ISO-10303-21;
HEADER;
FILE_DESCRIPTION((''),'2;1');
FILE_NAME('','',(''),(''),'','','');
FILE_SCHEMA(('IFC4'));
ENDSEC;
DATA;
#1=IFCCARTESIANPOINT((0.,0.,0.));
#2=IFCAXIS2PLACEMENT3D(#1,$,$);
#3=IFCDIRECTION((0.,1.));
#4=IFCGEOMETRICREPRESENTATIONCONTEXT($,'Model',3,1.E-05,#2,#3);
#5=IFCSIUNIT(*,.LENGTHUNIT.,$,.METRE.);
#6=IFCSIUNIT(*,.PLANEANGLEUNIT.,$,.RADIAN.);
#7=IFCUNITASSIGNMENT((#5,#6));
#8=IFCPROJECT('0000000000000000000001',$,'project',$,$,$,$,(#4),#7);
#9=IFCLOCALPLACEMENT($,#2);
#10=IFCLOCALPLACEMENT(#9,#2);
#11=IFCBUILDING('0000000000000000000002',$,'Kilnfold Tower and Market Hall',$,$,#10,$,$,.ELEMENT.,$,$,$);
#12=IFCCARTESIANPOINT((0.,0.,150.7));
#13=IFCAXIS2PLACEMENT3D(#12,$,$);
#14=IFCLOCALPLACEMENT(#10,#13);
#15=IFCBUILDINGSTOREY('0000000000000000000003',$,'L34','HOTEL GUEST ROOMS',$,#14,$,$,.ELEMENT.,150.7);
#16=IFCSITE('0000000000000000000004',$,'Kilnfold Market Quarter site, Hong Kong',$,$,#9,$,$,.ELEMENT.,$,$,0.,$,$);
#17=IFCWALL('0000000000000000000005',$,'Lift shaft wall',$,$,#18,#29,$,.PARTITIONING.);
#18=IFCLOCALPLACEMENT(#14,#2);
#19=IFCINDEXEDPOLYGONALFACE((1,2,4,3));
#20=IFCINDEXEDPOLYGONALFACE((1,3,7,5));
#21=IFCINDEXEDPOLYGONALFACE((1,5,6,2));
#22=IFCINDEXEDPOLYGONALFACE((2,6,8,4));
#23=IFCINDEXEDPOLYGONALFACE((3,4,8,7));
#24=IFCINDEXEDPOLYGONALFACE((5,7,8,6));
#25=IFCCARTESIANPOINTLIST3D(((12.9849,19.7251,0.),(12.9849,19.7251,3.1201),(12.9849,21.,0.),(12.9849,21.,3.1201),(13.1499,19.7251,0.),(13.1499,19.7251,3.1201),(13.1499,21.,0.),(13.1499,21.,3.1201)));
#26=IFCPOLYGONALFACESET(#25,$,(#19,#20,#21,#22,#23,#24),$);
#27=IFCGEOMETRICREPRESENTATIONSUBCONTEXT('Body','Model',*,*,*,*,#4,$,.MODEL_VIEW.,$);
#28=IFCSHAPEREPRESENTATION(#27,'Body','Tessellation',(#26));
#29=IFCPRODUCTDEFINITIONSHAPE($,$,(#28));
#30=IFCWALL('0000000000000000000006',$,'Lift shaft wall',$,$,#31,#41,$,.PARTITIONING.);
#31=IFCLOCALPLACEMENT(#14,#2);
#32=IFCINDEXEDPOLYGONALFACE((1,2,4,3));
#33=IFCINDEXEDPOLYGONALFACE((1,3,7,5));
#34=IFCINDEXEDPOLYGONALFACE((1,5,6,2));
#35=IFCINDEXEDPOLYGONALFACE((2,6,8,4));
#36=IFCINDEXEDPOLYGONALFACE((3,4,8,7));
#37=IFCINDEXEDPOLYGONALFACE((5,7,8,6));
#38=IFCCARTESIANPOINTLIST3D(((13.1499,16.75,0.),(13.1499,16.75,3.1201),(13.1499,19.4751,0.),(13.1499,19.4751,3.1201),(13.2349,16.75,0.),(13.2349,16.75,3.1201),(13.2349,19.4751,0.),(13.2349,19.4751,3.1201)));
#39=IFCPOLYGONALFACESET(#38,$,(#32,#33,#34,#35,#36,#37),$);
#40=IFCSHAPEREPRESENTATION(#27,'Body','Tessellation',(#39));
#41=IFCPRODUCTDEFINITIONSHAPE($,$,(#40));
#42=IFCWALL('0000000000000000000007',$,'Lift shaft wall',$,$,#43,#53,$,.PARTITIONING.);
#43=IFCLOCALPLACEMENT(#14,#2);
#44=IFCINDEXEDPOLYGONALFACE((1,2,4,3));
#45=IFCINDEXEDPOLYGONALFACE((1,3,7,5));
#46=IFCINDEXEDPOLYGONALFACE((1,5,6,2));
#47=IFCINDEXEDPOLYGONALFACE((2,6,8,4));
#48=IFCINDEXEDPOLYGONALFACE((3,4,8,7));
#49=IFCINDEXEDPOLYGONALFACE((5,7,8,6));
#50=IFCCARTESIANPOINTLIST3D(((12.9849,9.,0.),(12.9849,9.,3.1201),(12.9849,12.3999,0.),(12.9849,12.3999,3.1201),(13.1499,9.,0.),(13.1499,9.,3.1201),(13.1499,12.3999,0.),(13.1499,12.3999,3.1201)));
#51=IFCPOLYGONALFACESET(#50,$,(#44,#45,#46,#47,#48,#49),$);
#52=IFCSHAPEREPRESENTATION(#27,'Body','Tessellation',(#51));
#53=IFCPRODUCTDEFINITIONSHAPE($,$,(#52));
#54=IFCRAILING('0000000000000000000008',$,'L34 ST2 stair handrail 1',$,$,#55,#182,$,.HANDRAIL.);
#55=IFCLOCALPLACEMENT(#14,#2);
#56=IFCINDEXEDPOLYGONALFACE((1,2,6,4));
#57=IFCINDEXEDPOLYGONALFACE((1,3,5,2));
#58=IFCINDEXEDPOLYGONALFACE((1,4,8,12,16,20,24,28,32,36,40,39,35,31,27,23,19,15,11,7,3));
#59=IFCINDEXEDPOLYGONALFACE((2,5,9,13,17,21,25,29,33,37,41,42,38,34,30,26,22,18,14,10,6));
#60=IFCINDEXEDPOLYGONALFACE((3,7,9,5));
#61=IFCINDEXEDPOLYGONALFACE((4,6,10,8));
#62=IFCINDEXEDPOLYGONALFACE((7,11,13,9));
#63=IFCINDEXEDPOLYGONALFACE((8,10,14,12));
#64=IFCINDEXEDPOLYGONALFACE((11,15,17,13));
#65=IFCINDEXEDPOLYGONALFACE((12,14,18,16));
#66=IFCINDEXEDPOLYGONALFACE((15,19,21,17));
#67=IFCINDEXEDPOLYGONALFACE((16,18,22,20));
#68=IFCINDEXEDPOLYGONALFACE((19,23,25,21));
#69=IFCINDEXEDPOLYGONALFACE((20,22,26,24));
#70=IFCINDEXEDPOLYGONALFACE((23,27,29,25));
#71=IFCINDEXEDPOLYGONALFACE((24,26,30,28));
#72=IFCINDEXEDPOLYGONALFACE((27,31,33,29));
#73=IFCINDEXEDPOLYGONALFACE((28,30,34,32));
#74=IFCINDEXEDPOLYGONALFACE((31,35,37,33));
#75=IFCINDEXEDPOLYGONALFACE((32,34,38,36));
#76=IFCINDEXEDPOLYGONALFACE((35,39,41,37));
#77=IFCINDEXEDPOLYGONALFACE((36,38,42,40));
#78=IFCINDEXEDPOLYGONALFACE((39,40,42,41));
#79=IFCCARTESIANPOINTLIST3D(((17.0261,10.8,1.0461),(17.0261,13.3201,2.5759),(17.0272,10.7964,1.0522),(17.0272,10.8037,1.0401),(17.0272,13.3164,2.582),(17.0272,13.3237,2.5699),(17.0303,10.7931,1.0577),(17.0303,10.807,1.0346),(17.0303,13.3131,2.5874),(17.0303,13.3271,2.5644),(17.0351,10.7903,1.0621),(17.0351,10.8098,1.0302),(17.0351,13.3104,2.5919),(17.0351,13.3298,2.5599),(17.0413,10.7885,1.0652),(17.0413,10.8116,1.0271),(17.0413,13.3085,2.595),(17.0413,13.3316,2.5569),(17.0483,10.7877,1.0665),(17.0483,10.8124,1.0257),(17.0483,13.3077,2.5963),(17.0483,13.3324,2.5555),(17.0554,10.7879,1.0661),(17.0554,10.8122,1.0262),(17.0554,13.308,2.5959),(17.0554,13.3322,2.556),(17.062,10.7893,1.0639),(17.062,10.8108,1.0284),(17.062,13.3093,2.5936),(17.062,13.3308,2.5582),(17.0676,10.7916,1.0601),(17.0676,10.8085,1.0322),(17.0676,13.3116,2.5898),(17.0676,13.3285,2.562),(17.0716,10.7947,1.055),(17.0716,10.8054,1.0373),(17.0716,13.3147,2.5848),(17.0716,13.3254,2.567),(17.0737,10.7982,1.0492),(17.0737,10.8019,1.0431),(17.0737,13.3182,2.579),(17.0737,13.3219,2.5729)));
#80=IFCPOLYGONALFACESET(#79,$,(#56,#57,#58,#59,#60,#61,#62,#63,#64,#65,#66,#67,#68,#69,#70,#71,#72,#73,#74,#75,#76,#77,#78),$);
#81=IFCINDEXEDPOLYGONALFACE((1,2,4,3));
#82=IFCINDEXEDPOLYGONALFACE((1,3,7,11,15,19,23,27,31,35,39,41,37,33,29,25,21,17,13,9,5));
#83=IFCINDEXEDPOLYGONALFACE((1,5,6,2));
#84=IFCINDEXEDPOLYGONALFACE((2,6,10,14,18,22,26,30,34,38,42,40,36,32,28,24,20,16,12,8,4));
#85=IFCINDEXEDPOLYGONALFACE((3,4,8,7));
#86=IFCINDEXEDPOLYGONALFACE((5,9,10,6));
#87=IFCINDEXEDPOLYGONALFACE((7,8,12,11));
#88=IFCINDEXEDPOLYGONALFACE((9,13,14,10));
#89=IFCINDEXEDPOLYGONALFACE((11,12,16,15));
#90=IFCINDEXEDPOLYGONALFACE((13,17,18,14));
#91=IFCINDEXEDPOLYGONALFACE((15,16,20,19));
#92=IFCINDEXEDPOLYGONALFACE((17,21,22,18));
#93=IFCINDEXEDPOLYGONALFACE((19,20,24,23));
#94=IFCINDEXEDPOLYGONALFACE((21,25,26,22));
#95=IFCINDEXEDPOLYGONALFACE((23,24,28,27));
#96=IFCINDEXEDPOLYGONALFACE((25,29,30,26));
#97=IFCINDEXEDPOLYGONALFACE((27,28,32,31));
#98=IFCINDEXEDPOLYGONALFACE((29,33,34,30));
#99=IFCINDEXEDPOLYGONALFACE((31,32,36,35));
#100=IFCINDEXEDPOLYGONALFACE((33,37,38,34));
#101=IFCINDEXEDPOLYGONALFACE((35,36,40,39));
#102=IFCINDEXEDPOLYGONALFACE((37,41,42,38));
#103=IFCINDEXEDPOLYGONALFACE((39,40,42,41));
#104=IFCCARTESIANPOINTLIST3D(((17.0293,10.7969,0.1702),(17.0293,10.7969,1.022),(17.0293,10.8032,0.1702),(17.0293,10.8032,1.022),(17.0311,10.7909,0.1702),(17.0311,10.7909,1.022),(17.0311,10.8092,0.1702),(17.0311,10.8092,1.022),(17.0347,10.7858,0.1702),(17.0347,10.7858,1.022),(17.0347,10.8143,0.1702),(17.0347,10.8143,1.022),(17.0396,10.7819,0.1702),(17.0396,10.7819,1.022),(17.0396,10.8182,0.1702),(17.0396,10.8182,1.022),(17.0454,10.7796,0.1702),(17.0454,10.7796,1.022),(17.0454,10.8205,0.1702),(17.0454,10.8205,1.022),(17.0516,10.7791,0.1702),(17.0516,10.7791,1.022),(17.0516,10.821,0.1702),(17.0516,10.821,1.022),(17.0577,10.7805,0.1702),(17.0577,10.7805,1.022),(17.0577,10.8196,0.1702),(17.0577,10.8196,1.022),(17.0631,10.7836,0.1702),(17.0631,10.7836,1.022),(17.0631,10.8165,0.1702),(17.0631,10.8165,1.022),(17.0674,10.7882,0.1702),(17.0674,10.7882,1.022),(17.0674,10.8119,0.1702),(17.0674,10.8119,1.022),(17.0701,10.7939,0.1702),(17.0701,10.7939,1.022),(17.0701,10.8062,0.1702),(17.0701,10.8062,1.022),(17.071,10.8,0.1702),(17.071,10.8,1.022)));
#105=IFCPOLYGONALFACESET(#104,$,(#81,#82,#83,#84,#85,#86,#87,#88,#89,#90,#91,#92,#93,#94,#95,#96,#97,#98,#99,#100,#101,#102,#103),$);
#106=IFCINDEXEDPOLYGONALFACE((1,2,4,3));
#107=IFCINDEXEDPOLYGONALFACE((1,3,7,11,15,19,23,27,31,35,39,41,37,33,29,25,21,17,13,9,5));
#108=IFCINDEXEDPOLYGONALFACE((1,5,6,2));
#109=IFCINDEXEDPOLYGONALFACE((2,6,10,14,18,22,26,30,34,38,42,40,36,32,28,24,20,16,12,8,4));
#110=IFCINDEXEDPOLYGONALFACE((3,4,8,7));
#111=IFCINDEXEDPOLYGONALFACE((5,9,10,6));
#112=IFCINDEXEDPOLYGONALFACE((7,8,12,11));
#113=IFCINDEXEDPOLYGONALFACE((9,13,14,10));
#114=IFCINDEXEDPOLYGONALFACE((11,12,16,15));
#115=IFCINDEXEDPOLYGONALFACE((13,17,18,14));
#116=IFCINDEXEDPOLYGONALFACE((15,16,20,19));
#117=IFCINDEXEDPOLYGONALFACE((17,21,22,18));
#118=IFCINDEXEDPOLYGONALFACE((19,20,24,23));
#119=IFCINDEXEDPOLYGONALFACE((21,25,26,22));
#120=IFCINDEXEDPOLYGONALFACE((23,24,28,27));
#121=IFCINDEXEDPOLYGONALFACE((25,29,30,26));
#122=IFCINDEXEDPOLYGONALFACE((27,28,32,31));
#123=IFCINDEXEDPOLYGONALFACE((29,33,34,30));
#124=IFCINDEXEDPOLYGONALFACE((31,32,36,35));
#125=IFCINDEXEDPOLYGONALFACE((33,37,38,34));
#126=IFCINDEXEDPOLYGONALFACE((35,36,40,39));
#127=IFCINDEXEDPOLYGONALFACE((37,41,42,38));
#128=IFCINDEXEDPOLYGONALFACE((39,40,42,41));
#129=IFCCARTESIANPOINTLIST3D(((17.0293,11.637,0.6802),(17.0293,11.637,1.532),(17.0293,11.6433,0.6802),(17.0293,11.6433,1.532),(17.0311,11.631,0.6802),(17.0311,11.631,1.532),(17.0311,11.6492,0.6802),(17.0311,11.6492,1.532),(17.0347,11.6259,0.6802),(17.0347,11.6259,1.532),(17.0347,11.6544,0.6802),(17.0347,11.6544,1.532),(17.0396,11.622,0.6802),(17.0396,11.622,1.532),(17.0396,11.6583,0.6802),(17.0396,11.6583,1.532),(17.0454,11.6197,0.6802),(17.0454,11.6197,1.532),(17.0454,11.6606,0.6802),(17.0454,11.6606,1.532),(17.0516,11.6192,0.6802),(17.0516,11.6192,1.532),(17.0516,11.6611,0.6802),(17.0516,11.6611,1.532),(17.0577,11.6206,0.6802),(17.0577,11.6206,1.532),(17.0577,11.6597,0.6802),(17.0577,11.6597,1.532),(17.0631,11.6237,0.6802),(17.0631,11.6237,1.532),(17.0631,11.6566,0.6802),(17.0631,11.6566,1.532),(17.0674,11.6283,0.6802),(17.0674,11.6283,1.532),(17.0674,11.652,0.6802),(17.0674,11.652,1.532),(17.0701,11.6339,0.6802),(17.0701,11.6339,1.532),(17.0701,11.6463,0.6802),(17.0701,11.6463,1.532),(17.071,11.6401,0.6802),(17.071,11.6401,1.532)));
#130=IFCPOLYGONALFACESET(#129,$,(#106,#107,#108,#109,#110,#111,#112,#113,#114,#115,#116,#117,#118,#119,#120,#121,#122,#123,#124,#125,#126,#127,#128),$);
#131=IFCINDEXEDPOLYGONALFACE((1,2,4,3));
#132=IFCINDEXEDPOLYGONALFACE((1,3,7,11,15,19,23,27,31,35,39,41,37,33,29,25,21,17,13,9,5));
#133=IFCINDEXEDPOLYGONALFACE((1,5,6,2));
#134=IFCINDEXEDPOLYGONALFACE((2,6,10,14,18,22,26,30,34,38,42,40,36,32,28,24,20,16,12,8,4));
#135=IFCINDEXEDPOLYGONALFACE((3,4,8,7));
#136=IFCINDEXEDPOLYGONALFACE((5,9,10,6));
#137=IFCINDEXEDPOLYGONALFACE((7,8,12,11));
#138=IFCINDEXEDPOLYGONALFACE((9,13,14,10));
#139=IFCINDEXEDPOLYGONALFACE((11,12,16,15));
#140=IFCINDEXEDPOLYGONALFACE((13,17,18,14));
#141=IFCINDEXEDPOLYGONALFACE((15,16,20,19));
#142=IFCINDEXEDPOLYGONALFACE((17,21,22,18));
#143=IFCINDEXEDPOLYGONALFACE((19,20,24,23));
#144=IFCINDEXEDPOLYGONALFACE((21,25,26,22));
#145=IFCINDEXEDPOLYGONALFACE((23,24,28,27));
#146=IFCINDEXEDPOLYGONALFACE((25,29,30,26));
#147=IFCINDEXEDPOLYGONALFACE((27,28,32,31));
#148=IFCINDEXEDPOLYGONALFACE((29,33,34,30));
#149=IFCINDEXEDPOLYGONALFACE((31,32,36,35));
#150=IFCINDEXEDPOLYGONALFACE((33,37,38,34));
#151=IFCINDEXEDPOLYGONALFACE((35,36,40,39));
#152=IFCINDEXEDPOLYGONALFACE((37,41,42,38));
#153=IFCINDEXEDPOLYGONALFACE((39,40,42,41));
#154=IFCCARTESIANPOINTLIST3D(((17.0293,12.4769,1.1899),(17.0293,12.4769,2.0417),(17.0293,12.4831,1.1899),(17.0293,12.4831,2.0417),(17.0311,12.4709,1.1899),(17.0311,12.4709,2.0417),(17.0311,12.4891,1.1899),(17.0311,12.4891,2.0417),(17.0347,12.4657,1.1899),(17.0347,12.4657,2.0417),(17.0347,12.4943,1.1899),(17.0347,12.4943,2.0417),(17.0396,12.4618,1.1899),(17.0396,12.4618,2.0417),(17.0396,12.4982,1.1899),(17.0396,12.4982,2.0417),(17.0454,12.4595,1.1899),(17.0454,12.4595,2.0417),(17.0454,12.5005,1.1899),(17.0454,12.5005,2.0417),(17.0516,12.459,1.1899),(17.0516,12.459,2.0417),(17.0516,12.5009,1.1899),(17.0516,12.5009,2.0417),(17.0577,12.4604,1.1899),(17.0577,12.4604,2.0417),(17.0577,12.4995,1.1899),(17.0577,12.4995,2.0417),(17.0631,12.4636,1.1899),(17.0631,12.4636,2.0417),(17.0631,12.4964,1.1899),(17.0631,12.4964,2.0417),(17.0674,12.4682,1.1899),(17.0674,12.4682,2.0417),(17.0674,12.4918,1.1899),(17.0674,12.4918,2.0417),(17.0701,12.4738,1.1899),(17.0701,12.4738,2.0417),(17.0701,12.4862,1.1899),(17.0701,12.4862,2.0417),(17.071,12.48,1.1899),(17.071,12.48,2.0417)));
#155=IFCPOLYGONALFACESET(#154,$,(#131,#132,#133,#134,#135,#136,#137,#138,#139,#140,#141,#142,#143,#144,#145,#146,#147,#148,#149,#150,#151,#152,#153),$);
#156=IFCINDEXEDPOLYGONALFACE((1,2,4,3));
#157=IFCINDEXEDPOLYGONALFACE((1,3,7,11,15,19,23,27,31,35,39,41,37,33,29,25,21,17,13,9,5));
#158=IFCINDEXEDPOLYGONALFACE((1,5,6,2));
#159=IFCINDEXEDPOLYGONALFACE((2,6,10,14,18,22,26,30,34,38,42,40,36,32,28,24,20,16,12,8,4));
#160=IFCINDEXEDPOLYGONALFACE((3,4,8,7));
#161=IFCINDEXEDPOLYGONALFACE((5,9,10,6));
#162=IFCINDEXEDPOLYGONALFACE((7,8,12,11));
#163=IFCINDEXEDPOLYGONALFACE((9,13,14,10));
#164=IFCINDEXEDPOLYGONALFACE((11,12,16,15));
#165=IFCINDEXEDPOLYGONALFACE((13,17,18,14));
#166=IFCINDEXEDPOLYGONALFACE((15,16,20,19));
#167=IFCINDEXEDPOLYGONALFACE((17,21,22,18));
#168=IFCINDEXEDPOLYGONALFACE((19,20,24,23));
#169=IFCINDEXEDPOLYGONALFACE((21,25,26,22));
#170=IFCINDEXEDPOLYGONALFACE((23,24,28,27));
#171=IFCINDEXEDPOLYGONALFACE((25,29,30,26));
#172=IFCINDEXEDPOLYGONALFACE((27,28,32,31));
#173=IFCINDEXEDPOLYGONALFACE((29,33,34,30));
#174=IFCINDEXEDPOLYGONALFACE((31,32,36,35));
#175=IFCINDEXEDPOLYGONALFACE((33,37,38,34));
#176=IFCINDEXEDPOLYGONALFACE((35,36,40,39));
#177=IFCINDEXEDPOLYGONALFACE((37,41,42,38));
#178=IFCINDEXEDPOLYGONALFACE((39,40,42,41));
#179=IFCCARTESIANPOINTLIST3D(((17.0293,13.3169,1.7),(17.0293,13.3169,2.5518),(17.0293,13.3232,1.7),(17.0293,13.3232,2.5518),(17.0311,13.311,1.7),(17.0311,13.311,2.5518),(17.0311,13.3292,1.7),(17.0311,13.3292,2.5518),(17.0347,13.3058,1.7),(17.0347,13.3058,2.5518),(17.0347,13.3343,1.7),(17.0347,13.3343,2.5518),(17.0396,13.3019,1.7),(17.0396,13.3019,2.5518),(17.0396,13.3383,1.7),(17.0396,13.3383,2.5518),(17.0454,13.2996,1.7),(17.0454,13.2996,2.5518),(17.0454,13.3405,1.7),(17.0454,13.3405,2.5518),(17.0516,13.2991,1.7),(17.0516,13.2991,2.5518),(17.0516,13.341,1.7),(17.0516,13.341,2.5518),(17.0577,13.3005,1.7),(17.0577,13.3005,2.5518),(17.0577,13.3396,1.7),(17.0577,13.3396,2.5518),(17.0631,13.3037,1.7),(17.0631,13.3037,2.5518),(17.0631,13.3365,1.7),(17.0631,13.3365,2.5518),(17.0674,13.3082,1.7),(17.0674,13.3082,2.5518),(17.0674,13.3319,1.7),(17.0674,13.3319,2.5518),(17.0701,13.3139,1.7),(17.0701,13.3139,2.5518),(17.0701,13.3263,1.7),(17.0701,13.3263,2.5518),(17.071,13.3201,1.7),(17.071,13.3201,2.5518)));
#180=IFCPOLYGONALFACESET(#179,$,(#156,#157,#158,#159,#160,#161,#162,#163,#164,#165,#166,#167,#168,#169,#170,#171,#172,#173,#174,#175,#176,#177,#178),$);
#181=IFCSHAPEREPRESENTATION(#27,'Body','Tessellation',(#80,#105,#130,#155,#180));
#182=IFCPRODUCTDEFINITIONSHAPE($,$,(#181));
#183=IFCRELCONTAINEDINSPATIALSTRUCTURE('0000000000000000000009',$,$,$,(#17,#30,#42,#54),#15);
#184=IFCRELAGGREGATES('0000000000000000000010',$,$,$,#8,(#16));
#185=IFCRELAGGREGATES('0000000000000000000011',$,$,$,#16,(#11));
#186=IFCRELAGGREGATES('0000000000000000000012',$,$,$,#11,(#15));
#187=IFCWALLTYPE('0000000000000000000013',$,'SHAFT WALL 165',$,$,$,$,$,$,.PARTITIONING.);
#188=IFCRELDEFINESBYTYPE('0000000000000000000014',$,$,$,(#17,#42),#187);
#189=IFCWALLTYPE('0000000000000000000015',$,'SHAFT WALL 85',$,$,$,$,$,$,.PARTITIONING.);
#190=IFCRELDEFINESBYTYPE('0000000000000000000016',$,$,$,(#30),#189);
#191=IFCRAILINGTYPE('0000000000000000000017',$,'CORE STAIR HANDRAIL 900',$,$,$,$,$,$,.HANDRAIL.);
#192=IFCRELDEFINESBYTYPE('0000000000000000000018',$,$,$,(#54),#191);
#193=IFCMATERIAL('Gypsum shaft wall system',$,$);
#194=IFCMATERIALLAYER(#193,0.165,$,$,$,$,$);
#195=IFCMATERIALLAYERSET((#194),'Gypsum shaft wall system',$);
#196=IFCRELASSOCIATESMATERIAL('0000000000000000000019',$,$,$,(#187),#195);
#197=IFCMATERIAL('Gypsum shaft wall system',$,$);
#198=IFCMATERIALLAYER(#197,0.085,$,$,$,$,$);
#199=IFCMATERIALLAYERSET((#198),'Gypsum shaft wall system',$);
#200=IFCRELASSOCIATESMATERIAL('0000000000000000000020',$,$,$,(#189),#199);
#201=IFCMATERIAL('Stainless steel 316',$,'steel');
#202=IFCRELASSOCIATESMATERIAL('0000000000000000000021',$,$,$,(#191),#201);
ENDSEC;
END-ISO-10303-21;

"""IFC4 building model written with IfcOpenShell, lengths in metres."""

from ifc_helpers import new_model, si_unit, direction, frame, frame_2d, origin, origin_2d, place, context, subcontext, project, spatial, rectangle, circle, extrude, source, transform, mapped, material, layer, layer_set, type_object, element, save


model = new_model("IFC4")

# Units and contexts
model_context = context("Model", 3, precision=1e-05, world=origin(), true_north=direction((0.0, 1.0)))
body_context = subcontext(model_context, "Body", "Model", "MODEL_VIEW")
ifc_project = project(units=[si_unit("LENGTHUNIT", "METRE"), si_unit("PLANEANGLEUNIT", "RADIAN")], contexts=[model_context])

# Site, building, storey
site_placement = place(None, origin())
site = spatial("IfcSite", under=ifc_project, at=site_placement, Name="Kilnfold Market Quarter site, Hong Kong", CompositionType="ELEMENT", RefElevation=0.0)
building_placement = place(site_placement, origin())
building = spatial("IfcBuilding", under=site, at=building_placement, Name="Kilnfold Tower and Market Hall", CompositionType="ELEMENT")
storey_placement = place(building_placement, frame((0.0, 0.0, 150.7)))
storey = spatial("IfcBuildingStorey", under=building, at=storey_placement, Name="L34", Description="HOTEL GUEST ROOMS", CompositionType="ELEMENT", Elevation=150.7)

# Walls
ifc_material_1 = material(Name="Gypsum shaft wall system")
ifc_layer_1 = layer(ifc_material_1, 0.165)
ifc_layer_set_1 = layer_set([ifc_layer_1], Name="Gypsum shaft wall system")
wall_type_1 = type_object("IfcWallType", Name="SHAFT WALL 165", PredefinedType="PARTITIONING", material=ifc_layer_set_1)
shared_shape_1 = source(origin(), body_context, "Body", "SweptSolid", [
    extrude(rectangle(XDim=1.2749, YDim=0.165, at=frame_2d((0.6375, 0.0))), origin(), (0.0, 0.0, 1.0), 3.1201),
])
wall_1_placement = place(storey_placement, frame((13.0674, 19.7251, 0.0), z_axis=(0.0, 0.0, 1.0), x_axis=(0.0, 1.0, 0.0)))
element("IfcWall", 1, at=wall_1_placement, inside=storey, type_object=wall_type_1, Name="Lift shaft wall", PredefinedType="PARTITIONING", context=body_context, shape_type="MappedRepresentation", body=[
    mapped(shared_shape_1, transform((0.0, 0.0, 0.0))),
])
ifc_material_2 = material(Name="Gypsum shaft wall system")
ifc_layer_2 = layer(ifc_material_2, 0.085)
ifc_layer_set_2 = layer_set([ifc_layer_2], Name="Gypsum shaft wall system")
wall_type_2 = type_object("IfcWallType", Name="SHAFT WALL 85", PredefinedType="PARTITIONING", material=ifc_layer_set_2)
shared_shape_2 = source(origin(), body_context, "Body", "SweptSolid", [
    extrude(rectangle(XDim=2.7251, YDim=0.085, at=frame_2d((1.3625, 0.0))), origin(), (0.0, 0.0, 1.0), 3.1201),
])
wall_2_placement = place(storey_placement, frame((13.1924, 16.75, 0.0), z_axis=(0.0, 0.0, 1.0), x_axis=(0.0, 1.0, 0.0)))
element("IfcWall", 2, at=wall_2_placement, inside=storey, type_object=wall_type_2, Name="Lift shaft wall", PredefinedType="PARTITIONING", context=body_context, shape_type="MappedRepresentation", body=[
    mapped(shared_shape_2, transform((0.0, 0.0, 0.0))),
])
shared_shape_3 = source(origin(), body_context, "Body", "SweptSolid", [
    extrude(rectangle(XDim=3.3999, YDim=0.165, at=frame_2d((1.7, 0.0))), origin(), (0.0, 0.0, 1.0), 3.1201),
])
wall_3_placement = place(storey_placement, frame((13.0674, 9.0, 0.0), z_axis=(0.0, 0.0, 1.0), x_axis=(0.0, 1.0, 0.0)))
element("IfcWall", 3, at=wall_3_placement, inside=storey, type_object=wall_type_1, Name="Lift shaft wall", PredefinedType="PARTITIONING", context=body_context, shape_type="MappedRepresentation", body=[
    mapped(shared_shape_3, transform((0.0, 0.0, 0.0))),
])

# Railing
ifc_material_3 = material(Name="Stainless steel 316", Category="steel")
railing_type_1 = type_object("IfcRailingType", Name="CORE STAIR HANDRAIL 900", PredefinedType="HANDRAIL", material=ifc_material_3)
railing_1_placement = place(storey_placement, frame((17.05, 10.8, 0.1702)))
element("IfcRailing", 4, at=railing_1_placement, inside=storey, type_object=railing_type_1, Name="L34 ST2 stair handrail 1", PredefinedType="HANDRAIL", context=body_context, shape_type="SweptSolid", body=[
    extrude(circle(Radius=0.0239, at=origin_2d()), frame((0.0, 0.0, 0.876), z_axis=(0.0, 0.854822, 0.518922), x_axis=(-1.0, 0.0, 0.0)), (0.0, 0.0, 1.0), 2.948),
    extrude(circle(Radius=0.021, at=origin_2d()), origin(), (0.0, 0.0, 1.0), 0.8518),
    extrude(circle(Radius=0.021, at=origin_2d()), frame((0.0, 0.8401, 0.51)), (0.0, 0.0, 1.0), 0.8518),
    extrude(circle(Radius=0.021, at=origin_2d()), frame((0.0, 1.6799, 1.0198)), (0.0, 0.0, 1.0), 0.8518),
    extrude(circle(Radius=0.021, at=origin_2d()), frame((0.0, 2.52, 1.5298)), (0.0, 0.0, 1.0), 0.8518),
])

save(model, "model.ifc")
